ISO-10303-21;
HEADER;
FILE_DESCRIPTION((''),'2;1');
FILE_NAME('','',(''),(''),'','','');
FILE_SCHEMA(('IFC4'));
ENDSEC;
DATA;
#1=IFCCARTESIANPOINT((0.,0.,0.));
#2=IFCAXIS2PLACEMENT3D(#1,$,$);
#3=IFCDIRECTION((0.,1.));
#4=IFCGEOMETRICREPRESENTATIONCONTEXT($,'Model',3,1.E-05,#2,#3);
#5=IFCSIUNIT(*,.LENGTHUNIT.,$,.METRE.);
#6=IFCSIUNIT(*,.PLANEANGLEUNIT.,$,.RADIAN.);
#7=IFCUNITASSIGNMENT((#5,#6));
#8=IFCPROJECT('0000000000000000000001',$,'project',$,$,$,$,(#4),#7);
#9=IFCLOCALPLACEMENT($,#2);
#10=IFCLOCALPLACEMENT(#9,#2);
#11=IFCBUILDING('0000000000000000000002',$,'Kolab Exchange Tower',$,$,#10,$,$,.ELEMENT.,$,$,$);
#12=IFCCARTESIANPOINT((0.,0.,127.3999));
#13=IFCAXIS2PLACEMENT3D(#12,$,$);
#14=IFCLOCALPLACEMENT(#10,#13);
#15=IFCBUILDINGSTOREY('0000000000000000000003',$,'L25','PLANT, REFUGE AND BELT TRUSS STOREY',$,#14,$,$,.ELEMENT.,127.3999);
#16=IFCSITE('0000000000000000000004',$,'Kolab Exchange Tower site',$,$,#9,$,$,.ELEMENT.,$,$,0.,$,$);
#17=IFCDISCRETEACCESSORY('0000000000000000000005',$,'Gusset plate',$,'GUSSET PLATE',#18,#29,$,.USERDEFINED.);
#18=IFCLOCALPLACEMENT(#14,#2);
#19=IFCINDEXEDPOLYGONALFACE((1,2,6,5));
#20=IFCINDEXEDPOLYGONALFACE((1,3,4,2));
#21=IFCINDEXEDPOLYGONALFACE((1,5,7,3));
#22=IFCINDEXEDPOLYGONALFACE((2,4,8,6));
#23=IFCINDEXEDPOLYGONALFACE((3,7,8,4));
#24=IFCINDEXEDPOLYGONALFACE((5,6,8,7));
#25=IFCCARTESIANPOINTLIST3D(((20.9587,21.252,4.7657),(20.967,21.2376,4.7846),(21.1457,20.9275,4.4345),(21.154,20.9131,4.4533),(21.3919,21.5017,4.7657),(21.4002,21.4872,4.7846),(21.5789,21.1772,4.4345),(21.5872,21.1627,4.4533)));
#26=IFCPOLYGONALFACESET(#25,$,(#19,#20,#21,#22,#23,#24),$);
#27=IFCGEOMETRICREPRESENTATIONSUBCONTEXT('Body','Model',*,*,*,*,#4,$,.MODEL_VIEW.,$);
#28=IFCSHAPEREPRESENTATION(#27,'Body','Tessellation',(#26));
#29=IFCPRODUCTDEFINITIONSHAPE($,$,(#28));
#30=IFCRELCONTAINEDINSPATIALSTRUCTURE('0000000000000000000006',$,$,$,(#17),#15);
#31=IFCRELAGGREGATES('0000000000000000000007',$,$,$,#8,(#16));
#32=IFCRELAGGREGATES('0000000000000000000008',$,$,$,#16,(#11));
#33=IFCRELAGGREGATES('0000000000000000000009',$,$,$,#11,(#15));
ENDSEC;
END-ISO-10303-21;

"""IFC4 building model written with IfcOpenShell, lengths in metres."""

from ifc_helpers import new_model, si_unit, direction, frame, origin, origin_2d, place, context, subcontext, project, spatial, rectangle, extrude, element, save


model = new_model("IFC4")

# Units and contexts
model_context = context("Model", 3, precision=1e-05, world=origin(), true_north=direction((0.0, 1.0)))
body_context = subcontext(model_context, "Body", "Model", "MODEL_VIEW")
ifc_project = project(units=[si_unit("LENGTHUNIT", "METRE"), si_unit("PLANEANGLEUNIT", "RADIAN")], contexts=[model_context])

# Site, building, storey
site_placement = place(None, origin())
site = spatial("IfcSite", under=ifc_project, at=site_placement, Name="Kolab Exchange Tower site", CompositionType="ELEMENT", RefElevation=0.0)
building_placement = place(site_placement, origin())
building = spatial("IfcBuilding", under=site, at=building_placement, Name="Kolab Exchange Tower", CompositionType="ELEMENT")
storey_placement = place(building_placement, frame((0.0, 0.0, 127.3999)))
storey = spatial("IfcBuildingStorey", under=building, at=storey_placement, Name="L25", Description="PLANT, REFUGE AND BELT TRUSS STOREY", CompositionType="ELEMENT", Elevation=127.3999)

# Discrete accessory
for number, where, z_axis, x_axis, name in (
    (1, (21.2688, 21.2146, 4.6001), (0.330768, -0.57398, 0.749092), (0.86643, 0.499299, 0.0), "Gusset plate"),
):
    element("IfcDiscreteAccessory", number, at=place(storey_placement, frame(where, z_axis=z_axis, x_axis=x_axis)), inside=storey, Name=name, ObjectType="GUSSET PLATE", PredefinedType="USERDEFINED", context=body_context, shape_type="SweptSolid", body=[
        extrude(rectangle(XDim=0.5, YDim=0.5, at=origin_2d()), origin(), (0.0, 0.0, 1.0), 0.0251),
    ])

save(model, "model.ifc")
